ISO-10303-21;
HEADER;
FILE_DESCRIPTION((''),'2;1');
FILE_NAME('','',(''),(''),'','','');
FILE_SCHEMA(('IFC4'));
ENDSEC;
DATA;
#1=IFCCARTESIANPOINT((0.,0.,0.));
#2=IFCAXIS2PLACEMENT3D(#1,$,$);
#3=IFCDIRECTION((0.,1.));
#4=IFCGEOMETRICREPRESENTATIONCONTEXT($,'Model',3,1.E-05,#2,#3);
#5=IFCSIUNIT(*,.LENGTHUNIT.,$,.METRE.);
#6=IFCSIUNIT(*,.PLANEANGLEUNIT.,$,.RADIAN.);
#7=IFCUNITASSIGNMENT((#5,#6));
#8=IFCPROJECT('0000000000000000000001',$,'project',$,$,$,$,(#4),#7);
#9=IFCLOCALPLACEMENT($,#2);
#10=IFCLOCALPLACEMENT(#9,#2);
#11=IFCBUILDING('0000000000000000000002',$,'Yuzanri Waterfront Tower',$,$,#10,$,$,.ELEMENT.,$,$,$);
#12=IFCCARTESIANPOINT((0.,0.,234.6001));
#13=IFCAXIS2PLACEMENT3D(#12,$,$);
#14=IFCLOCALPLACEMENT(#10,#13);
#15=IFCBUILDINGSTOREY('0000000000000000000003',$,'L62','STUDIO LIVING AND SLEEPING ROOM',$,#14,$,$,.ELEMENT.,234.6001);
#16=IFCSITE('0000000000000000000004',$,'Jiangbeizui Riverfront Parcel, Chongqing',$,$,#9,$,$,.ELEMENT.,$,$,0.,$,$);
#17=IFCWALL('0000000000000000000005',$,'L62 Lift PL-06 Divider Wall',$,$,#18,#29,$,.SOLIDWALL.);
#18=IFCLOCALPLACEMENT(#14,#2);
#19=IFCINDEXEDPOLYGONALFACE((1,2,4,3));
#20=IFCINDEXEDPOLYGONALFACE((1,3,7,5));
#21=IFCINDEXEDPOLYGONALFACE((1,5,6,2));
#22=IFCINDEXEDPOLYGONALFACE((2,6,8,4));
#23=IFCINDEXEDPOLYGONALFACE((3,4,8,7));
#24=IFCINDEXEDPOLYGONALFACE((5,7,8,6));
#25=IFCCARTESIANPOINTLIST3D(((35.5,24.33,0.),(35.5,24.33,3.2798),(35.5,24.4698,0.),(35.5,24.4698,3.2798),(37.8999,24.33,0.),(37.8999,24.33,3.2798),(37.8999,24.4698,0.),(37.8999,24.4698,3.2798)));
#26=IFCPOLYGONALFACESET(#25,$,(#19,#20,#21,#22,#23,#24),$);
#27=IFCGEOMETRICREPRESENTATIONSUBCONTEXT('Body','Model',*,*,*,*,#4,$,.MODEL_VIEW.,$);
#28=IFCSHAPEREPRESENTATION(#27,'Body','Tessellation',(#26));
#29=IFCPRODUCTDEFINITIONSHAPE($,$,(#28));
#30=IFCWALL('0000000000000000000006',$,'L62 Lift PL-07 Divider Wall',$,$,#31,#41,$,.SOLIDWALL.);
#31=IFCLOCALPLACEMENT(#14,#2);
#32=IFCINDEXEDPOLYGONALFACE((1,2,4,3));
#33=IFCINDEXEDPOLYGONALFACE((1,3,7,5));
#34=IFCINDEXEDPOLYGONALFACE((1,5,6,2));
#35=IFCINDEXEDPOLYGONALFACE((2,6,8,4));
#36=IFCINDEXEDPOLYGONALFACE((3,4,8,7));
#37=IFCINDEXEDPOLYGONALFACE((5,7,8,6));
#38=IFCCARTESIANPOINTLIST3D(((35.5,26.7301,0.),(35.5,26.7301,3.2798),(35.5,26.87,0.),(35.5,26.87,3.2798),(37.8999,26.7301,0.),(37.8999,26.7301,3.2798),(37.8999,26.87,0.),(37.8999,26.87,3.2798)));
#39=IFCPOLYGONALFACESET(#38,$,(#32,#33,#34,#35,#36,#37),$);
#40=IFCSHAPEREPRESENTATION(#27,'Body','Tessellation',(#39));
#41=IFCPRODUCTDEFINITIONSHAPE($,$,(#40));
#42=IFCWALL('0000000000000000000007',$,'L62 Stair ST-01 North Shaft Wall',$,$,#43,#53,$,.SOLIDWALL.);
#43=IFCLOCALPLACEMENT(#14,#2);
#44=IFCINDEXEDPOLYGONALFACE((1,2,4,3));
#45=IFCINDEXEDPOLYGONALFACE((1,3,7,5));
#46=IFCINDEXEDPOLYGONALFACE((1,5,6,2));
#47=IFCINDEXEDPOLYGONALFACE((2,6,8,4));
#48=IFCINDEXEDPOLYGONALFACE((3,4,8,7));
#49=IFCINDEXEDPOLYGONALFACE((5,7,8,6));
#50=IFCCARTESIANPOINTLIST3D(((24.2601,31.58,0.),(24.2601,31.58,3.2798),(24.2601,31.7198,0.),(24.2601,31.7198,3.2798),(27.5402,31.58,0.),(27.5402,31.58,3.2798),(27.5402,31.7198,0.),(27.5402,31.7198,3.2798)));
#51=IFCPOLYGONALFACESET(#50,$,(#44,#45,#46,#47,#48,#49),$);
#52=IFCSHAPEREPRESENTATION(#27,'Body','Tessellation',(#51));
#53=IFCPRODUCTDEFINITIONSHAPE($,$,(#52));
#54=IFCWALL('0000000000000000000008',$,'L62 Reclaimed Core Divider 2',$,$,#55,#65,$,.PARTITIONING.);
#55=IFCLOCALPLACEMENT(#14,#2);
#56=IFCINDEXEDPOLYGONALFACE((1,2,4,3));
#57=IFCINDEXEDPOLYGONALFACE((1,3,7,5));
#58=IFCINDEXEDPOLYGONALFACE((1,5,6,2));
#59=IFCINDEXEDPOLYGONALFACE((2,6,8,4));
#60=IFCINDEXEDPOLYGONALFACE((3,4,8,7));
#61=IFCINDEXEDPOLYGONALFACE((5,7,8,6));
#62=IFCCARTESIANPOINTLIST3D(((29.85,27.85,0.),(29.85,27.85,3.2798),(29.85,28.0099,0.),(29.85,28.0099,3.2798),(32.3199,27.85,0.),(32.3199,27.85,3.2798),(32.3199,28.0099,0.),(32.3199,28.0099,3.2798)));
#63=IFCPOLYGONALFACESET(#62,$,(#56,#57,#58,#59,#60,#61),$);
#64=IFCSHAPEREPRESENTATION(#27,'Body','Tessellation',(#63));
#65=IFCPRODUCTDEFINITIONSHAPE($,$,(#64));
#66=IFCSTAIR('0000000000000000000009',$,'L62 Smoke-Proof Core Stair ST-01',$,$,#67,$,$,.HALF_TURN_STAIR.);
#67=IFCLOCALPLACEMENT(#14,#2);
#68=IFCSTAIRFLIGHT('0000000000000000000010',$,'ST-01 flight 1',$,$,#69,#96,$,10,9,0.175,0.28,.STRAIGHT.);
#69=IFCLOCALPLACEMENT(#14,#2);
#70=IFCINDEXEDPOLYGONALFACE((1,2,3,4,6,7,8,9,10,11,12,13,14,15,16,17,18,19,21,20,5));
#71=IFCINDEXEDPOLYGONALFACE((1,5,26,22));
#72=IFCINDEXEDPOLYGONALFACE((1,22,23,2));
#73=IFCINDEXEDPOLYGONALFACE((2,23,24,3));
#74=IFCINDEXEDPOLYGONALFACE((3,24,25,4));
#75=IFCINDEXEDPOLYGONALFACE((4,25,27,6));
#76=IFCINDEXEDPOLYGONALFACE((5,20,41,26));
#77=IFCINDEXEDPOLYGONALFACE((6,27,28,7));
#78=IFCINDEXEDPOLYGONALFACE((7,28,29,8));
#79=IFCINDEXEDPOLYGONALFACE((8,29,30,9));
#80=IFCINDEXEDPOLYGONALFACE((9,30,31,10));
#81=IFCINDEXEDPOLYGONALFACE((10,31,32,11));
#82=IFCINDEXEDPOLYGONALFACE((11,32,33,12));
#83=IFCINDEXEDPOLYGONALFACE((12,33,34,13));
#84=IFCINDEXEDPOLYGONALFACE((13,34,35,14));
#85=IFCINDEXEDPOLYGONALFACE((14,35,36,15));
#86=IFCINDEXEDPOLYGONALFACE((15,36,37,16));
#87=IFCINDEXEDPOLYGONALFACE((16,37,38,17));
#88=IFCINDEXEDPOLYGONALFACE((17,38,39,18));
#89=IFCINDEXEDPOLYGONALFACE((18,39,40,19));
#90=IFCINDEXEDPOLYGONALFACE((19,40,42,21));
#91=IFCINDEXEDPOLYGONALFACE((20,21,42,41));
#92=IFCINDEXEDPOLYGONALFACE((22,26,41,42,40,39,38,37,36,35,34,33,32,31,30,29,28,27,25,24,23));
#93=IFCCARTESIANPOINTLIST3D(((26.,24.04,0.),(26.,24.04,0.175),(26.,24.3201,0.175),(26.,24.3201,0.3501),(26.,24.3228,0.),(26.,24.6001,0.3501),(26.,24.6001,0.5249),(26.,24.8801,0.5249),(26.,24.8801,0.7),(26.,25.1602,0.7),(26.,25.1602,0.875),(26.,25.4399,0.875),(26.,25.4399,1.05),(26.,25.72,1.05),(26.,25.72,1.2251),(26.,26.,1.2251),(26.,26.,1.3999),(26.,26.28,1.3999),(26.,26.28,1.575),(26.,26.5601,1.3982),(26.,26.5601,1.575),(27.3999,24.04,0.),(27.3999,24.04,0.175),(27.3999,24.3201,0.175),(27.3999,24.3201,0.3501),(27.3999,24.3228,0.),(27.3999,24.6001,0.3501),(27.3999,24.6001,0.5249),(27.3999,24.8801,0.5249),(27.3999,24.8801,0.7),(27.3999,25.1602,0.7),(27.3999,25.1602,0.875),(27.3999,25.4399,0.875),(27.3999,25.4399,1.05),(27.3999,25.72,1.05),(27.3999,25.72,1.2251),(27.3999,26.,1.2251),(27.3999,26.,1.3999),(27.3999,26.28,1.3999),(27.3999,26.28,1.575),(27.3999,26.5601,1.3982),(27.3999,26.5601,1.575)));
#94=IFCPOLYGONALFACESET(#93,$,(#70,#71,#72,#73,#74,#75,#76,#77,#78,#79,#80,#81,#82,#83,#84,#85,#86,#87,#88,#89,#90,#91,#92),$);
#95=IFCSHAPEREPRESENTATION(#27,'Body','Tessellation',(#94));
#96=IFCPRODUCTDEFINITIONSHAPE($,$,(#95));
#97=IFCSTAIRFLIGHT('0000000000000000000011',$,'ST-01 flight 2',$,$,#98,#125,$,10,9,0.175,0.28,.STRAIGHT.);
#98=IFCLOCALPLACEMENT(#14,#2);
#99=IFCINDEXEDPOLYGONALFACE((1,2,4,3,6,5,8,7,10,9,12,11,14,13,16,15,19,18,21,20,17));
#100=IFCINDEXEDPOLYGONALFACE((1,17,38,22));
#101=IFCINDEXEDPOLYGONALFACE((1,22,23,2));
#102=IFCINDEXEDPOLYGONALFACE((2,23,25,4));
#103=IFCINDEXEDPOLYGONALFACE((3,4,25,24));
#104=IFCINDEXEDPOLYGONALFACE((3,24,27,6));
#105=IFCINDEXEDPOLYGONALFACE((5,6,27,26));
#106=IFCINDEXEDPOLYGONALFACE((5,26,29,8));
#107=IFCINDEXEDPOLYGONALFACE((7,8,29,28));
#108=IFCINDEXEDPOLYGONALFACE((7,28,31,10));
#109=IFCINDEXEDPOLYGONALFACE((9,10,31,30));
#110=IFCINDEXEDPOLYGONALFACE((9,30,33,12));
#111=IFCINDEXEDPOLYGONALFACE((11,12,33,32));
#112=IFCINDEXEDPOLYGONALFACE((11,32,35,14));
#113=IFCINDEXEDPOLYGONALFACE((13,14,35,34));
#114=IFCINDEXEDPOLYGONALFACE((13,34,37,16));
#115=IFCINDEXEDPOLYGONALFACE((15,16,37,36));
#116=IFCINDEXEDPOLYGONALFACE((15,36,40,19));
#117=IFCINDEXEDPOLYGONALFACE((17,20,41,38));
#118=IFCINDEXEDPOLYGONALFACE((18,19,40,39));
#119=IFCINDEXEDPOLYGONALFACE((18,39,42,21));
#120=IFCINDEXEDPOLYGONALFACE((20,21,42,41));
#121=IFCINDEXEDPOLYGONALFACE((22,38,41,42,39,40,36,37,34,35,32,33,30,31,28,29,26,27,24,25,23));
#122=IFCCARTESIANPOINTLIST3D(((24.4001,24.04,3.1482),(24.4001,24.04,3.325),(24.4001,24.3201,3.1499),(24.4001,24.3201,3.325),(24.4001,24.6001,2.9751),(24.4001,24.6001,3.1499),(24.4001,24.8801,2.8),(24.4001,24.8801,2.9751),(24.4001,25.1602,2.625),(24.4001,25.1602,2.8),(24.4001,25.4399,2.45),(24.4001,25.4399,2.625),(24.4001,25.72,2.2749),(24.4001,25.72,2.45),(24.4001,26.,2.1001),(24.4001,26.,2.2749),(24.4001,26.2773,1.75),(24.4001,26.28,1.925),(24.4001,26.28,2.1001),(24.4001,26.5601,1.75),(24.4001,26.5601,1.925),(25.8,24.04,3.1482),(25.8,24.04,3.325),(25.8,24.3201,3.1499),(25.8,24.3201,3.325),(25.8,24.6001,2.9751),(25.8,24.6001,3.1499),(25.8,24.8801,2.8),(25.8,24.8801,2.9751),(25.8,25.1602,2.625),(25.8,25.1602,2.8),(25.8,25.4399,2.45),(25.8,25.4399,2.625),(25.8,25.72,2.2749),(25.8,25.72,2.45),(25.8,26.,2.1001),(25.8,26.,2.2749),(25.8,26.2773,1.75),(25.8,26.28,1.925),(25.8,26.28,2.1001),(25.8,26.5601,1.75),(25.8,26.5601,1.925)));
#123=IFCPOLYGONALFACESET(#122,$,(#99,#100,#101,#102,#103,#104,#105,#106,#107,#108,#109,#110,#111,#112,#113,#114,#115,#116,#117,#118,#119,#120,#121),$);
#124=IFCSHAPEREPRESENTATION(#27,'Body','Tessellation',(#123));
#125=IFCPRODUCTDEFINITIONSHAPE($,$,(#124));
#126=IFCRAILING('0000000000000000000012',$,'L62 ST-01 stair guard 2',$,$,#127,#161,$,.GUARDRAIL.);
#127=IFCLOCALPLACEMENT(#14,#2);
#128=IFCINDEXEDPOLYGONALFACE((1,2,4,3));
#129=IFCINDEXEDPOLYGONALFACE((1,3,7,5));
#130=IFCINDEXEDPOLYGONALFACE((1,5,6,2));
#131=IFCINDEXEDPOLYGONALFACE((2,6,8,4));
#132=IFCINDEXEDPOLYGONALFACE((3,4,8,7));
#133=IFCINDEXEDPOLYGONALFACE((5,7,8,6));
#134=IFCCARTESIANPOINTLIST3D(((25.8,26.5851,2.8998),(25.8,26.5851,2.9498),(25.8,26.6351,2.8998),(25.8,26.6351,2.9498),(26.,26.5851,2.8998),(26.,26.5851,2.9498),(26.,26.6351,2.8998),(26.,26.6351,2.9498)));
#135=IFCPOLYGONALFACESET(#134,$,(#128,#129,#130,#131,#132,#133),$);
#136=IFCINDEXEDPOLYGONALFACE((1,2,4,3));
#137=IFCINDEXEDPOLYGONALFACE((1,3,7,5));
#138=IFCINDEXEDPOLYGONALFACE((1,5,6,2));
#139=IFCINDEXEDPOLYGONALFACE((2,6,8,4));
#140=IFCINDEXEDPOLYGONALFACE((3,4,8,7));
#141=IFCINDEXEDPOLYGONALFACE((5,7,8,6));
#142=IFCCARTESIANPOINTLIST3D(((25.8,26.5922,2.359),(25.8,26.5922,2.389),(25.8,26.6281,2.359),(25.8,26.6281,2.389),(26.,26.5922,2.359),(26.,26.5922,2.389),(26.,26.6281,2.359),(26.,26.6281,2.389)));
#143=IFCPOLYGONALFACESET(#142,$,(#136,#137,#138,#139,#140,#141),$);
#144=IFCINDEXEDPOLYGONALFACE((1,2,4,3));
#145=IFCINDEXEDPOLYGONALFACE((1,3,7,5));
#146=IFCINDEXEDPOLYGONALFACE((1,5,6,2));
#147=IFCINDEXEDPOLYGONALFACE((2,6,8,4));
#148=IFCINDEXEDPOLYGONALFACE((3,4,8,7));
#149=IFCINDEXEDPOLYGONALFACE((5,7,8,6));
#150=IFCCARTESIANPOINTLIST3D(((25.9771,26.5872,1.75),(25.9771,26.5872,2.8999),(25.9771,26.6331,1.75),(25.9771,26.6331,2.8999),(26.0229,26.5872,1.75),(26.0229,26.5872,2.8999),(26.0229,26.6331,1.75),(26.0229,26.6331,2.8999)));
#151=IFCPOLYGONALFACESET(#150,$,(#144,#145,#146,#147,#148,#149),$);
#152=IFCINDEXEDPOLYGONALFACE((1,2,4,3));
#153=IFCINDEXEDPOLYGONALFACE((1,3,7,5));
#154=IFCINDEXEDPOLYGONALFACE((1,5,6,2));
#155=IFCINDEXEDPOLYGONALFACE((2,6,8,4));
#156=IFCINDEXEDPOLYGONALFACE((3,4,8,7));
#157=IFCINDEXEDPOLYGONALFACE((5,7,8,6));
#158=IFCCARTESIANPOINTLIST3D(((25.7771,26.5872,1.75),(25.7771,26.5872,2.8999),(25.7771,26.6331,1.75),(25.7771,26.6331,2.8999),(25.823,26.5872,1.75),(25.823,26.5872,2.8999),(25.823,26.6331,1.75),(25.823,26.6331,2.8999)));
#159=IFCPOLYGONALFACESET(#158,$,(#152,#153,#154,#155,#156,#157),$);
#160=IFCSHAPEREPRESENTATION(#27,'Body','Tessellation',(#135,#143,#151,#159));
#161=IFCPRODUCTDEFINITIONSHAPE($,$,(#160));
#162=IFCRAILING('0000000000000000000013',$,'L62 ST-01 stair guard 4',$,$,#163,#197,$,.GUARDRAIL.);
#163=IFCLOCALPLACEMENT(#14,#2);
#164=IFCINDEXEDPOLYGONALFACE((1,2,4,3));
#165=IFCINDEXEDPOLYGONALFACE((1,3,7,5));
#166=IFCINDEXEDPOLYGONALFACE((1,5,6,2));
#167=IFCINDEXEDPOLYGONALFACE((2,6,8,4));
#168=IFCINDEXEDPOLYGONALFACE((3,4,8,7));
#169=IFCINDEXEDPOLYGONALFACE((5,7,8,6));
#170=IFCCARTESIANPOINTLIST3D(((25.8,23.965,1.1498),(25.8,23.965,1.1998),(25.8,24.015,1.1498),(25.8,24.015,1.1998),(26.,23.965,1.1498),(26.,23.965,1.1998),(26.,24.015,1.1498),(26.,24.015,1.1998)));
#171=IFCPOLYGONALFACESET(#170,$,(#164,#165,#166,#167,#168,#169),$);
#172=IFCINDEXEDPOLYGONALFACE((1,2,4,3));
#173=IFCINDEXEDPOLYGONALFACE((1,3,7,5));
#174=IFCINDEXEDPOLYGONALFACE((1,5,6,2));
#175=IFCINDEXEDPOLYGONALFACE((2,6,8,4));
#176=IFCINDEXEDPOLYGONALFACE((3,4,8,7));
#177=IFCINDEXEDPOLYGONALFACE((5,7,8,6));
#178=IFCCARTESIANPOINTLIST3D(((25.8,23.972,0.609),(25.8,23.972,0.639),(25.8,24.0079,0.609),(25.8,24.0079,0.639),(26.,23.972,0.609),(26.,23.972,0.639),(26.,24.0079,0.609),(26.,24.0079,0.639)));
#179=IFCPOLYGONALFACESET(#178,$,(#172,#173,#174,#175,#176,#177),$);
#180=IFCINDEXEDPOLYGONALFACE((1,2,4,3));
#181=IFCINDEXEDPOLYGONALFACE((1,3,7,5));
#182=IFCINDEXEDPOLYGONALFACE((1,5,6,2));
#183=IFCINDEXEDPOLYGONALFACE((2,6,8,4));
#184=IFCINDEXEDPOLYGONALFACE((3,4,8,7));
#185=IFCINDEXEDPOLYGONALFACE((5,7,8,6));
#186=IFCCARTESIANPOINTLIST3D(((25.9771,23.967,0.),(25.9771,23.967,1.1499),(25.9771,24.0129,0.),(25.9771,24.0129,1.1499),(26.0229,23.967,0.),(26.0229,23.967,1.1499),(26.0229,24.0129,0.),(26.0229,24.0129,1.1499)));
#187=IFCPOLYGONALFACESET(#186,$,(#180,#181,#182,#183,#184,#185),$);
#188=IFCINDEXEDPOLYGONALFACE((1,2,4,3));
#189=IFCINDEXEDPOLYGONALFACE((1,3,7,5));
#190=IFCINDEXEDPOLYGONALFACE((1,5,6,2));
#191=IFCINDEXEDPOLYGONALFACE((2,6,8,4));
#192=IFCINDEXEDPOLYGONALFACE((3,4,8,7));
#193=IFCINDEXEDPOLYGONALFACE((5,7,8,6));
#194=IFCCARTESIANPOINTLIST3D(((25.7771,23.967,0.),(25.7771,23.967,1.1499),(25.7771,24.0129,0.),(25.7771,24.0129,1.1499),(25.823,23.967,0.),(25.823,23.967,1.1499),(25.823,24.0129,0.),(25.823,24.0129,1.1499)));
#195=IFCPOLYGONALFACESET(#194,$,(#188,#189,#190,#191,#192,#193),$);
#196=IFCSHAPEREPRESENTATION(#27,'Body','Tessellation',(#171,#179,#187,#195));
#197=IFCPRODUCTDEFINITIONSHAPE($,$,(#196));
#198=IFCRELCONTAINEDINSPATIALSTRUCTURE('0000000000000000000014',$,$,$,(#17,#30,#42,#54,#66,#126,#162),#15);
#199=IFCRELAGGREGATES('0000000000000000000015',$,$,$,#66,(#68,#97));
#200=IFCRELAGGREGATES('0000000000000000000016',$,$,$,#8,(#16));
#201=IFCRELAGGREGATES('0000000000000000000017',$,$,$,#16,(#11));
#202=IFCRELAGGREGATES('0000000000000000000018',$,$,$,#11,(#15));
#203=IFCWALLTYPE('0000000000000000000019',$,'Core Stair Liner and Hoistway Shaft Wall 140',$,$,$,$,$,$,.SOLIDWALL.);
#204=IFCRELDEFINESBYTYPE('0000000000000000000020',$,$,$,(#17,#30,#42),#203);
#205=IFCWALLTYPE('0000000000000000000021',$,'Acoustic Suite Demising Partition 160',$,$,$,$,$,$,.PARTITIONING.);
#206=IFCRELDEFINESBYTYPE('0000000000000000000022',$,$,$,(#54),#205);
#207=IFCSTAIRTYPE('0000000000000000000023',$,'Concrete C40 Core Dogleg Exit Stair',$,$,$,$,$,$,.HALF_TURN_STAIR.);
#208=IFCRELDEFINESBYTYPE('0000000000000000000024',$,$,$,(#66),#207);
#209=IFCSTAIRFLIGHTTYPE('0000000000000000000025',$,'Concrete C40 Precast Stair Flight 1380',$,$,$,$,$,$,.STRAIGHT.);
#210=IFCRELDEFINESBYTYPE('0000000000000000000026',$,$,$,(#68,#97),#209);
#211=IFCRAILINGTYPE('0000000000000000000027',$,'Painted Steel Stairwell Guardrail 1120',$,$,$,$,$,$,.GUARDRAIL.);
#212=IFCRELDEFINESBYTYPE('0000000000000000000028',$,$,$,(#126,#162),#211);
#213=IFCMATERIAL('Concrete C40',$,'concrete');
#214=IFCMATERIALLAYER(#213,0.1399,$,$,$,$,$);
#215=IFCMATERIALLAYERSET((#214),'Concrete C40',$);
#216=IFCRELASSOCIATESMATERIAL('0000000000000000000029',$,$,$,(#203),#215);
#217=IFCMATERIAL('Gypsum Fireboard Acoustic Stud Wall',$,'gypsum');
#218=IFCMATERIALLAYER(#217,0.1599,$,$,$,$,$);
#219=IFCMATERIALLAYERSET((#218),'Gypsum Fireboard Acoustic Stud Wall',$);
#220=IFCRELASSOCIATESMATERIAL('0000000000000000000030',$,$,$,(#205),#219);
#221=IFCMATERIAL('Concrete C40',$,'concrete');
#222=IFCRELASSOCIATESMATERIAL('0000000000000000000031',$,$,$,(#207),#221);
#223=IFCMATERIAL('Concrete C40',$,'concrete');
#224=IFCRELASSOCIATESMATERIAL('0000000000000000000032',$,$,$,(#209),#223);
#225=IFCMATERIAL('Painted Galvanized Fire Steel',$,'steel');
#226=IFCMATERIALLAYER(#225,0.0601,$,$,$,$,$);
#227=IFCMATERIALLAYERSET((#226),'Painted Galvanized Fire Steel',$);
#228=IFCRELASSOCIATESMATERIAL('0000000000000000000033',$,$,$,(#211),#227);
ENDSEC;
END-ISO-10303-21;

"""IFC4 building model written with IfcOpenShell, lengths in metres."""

from ifc_helpers import new_model, si_unit, direction, frame, frame_2d, origin, origin_2d, place, context, subcontext, project, spatial, polyline, rectangle, outline, extrude, source, transform, mapped, material, layer, layer_set, type_object, element, aggregate, save


model = new_model("IFC4")

# Units and contexts
model_context = context("Model", 3, precision=1e-05, world=origin(), true_north=direction((0.0, 1.0)))
body_context = subcontext(model_context, "Body", "Model", "MODEL_VIEW")
ifc_project = project(units=[si_unit("LENGTHUNIT", "METRE"), si_unit("PLANEANGLEUNIT", "RADIAN")], contexts=[model_context])

# Site, building, storey
site_placement = place(None, origin())
site = spatial("IfcSite", under=ifc_project, at=site_placement, Name="Jiangbeizui Riverfront Parcel, Chongqing", CompositionType="ELEMENT", RefElevation=0.0)
building_placement = place(site_placement, origin())
building = spatial("IfcBuilding", under=site, at=building_placement, Name="Yuzanri Waterfront Tower", CompositionType="ELEMENT")
storey_placement = place(building_placement, frame((0.0, 0.0, 234.6001)))
storey = spatial("IfcBuildingStorey", under=building, at=storey_placement, Name="L62", Description="STUDIO LIVING AND SLEEPING ROOM", CompositionType="ELEMENT", Elevation=234.6001)

# Shared definitions
ifc_material_1 = material(Name="Concrete C40", Category="concrete")
ifc_layer_1 = layer(ifc_material_1, 0.1399)
ifc_layer_set_1 = layer_set([ifc_layer_1], Name="Concrete C40")
wall_type_1 = type_object("IfcWallType", Name="Core Stair Liner and Hoistway Shaft Wall 140", PredefinedType="SOLIDWALL", material=ifc_layer_set_1)

# Walls
shared_shape_1 = source(origin(), body_context, "Body", "SweptSolid", [
    extrude(rectangle(XDim=2.3999, YDim=0.1399, at=frame_2d((1.2, 0.0))), origin(), (0.0, 0.0, 1.0), 3.2798),
])
for number, where, z_axis, x_axis, name in (
    (1, (35.5, 24.3999, 0.0), (0.0, 0.0, 1.0), (1.0, 0.0, 0.0), "L62 Lift PL-06 Divider Wall"),
    (2, (35.5, 26.8, 0.0), (0.0, 0.0, 1.0), (1.0, 0.0, 0.0), "L62 Lift PL-07 Divider Wall"),
):
    element("IfcWall", number, at=place(storey_placement, frame(where, z_axis=z_axis, x_axis=x_axis)), inside=storey, type_object=wall_type_1, Name=name, PredefinedType="SOLIDWALL", context=body_context, shape_type="MappedRepresentation", body=[
        mapped(shared_shape_1, transform((0.0, 0.0, 0.0), scale=1.0)),
    ])
shared_shape_2 = source(origin(), body_context, "Body", "SweptSolid", [
    extrude(rectangle(XDim=3.28, YDim=0.1399, at=frame_2d((1.6401, 0.0))), origin(), (0.0, 0.0, 1.0), 3.2798),
])
wall_1_placement = place(storey_placement, frame((24.26, 31.6499, 0.0), z_axis=(0.0, 0.0, 1.0), x_axis=(1.0, 0.0, 0.0)))
element("IfcWall", 3, at=wall_1_placement, inside=storey, type_object=wall_type_1, Name="L62 Stair ST-01 North Shaft Wall", PredefinedType="SOLIDWALL", context=body_context, shape_type="MappedRepresentation", body=[
    mapped(shared_shape_2, transform((0.0, 0.0, 0.0), scale=1.0)),
])
ifc_material_2 = material(Name="Gypsum Fireboard Acoustic Stud Wall", Category="gypsum")
ifc_layer_2 = layer(ifc_material_2, 0.1599)
ifc_layer_set_2 = layer_set([ifc_layer_2], Name="Gypsum Fireboard Acoustic Stud Wall")
wall_type_2 = type_object("IfcWallType", Name="Acoustic Suite Demising Partition 160", PredefinedType="PARTITIONING", material=ifc_layer_set_2)
shared_shape_3 = source(origin(), body_context, "Body", "SweptSolid", [
    extrude(rectangle(XDim=2.47, YDim=0.1599, at=frame_2d((1.2349, 0.0))), origin(), (0.0, 0.0, 1.0), 3.2798),
])
wall_2_placement = place(storey_placement, frame((29.8501, 27.9299, 0.0), z_axis=(0.0, 0.0, 1.0), x_axis=(1.0, 0.0, 0.0)))
element("IfcWall", 4, at=wall_2_placement, inside=storey, type_object=wall_type_2, Name="L62 Reclaimed Core Divider 2", PredefinedType="PARTITIONING", context=body_context, shape_type="MappedRepresentation", body=[
    mapped(shared_shape_3, transform((0.0, 0.0, 0.0), scale=1.0)),
])

# Stair, stair flights
ifc_material_3 = material(Name="Concrete C40", Category="concrete")
stair_type = type_object("IfcStairType", Name="Concrete C40 Core Dogleg Exit Stair", PredefinedType="HALF_TURN_STAIR", material=ifc_material_3)
stair_placement = place(storey_placement, origin())
stair = element("IfcStair", 5, at=stair_placement, inside=storey, type_object=stair_type, Name="L62 Smoke-Proof Core Stair ST-01", PredefinedType="HALF_TURN_STAIR")
ifc_material_4 = material(Name="Concrete C40", Category="concrete")
stair_flight_type = type_object("IfcStairFlightType", Name="Concrete C40 Precast Stair Flight 1380", PredefinedType="STRAIGHT", material=ifc_material_4)
shared_shape_4 = source(origin(), body_context, "Body", "SweptSolid", [
    extrude(outline(polyline([(0.0, 0.0), (0.0, 0.175), (0.28, 0.175), (0.28, 0.3501), (0.5601, 0.3501), (0.5601, 0.5249), (0.8401, 0.5249), (0.8401, 0.7), (1.1201, 0.7), (1.1201, 0.875), (1.3999, 0.875), (1.3999, 1.05), (1.6799, 1.05), (1.6799, 1.2251), (1.96, 1.2251), (1.96, 1.3999), (2.24, 1.3999), (2.24, 1.575), (2.52, 1.575), (2.52, 1.75), (2.52, 1.3982), (0.2827, 0.0), (0.0, 0.0)])), frame((0.0, 0.7, 0.0), z_axis=(0.0, -1.0, 0.0), x_axis=(1.0, 0.0, 0.0)), (0.0, 0.0, 1.0), 1.3999),
])
stair_flight_1_placement = place(storey_placement, frame((26.7, 24.04, 0.0), z_axis=(0.0, 0.0, 1.0), x_axis=(0.0, 1.0, 0.0)))
stair_flight_1 = element("IfcStairFlight", 6, at=stair_flight_1_placement, type_object=stair_flight_type, Name="ST-01 flight 1", NumberOfRisers=10, NumberOfTreads=9, PredefinedType="STRAIGHT", RiserHeight=0.175, TreadLength=0.28, context=body_context, shape_type="MappedRepresentation", body=[
    mapped(shared_shape_4, transform((0.0, 0.0, 0.0), scale=1.0)),
])
stair_flight_2_placement = place(storey_placement, frame((25.1001, 26.5601, 1.75), z_axis=(0.0, 0.0, 1.0), x_axis=(0.0, -1.0, 0.0)))
stair_flight_2 = element("IfcStairFlight", 7, at=stair_flight_2_placement, type_object=stair_flight_type, Name="ST-01 flight 2", NumberOfRisers=10, NumberOfTreads=9, PredefinedType="STRAIGHT", RiserHeight=0.175, TreadLength=0.28, context=body_context, shape_type="MappedRepresentation", body=[
    mapped(shared_shape_4, transform((0.0, 0.0, 0.0), scale=1.0)),
])
aggregate(stair, [stair_flight_1, stair_flight_2])

# Railings
ifc_material_5 = material(Name="Painted Galvanized Fire Steel", Category="steel")
ifc_layer_3 = layer(ifc_material_5, 0.0601)
ifc_layer_set_3 = layer_set([ifc_layer_3], Name="Painted Galvanized Fire Steel")
railing_type_1 = type_object("IfcRailingType", Name="Painted Steel Stairwell Guardrail 1120", PredefinedType="GUARDRAIL", material=ifc_layer_set_3)
shared_shape_5 = source(origin(), body_context, "Body", "SweptSolid", [
    extrude(rectangle(XDim=0.05, YDim=0.05, at=origin_2d()), frame((0.0, 0.0, 1.1748), z_axis=(-1.0, 0.0, 0.0), x_axis=(0.0, -1.0, 0.0)), (0.0, 0.0, 1.0), 0.2),
    extrude(rectangle(XDim=0.0359, YDim=0.03, at=origin_2d()), frame((0.0, 0.0, 0.624), z_axis=(-1.0, 0.0, 0.0), x_axis=(0.0, -1.0, 0.0)), (0.0, 0.0, 1.0), 0.2),
    extrude(rectangle(XDim=0.0459, YDim=0.0459, at=origin_2d()), origin(), (0.0, 0.0, 1.0), 1.1499),
    extrude(rectangle(XDim=0.0459, YDim=0.0459, at=origin_2d()), frame((-0.2, 0.0, 0.0)), (0.0, 0.0, 1.0), 1.1499),
])
for number, where, name in (
    (8, (26.0, 26.6101, 1.75), "L62 ST-01 stair guard 2"),
    (9, (26.0, 23.99, 0.0), "L62 ST-01 stair guard 4"),
):
    element("IfcRailing", number, at=place(storey_placement, frame(where)), inside=storey, type_object=railing_type_1, Name=name, PredefinedType="GUARDRAIL", context=body_context, shape_type="MappedRepresentation", body=[
        mapped(shared_shape_5, transform((0.0, 0.0, 0.0), scale=1.0)),
    ])

save(model, "model.ifc")
